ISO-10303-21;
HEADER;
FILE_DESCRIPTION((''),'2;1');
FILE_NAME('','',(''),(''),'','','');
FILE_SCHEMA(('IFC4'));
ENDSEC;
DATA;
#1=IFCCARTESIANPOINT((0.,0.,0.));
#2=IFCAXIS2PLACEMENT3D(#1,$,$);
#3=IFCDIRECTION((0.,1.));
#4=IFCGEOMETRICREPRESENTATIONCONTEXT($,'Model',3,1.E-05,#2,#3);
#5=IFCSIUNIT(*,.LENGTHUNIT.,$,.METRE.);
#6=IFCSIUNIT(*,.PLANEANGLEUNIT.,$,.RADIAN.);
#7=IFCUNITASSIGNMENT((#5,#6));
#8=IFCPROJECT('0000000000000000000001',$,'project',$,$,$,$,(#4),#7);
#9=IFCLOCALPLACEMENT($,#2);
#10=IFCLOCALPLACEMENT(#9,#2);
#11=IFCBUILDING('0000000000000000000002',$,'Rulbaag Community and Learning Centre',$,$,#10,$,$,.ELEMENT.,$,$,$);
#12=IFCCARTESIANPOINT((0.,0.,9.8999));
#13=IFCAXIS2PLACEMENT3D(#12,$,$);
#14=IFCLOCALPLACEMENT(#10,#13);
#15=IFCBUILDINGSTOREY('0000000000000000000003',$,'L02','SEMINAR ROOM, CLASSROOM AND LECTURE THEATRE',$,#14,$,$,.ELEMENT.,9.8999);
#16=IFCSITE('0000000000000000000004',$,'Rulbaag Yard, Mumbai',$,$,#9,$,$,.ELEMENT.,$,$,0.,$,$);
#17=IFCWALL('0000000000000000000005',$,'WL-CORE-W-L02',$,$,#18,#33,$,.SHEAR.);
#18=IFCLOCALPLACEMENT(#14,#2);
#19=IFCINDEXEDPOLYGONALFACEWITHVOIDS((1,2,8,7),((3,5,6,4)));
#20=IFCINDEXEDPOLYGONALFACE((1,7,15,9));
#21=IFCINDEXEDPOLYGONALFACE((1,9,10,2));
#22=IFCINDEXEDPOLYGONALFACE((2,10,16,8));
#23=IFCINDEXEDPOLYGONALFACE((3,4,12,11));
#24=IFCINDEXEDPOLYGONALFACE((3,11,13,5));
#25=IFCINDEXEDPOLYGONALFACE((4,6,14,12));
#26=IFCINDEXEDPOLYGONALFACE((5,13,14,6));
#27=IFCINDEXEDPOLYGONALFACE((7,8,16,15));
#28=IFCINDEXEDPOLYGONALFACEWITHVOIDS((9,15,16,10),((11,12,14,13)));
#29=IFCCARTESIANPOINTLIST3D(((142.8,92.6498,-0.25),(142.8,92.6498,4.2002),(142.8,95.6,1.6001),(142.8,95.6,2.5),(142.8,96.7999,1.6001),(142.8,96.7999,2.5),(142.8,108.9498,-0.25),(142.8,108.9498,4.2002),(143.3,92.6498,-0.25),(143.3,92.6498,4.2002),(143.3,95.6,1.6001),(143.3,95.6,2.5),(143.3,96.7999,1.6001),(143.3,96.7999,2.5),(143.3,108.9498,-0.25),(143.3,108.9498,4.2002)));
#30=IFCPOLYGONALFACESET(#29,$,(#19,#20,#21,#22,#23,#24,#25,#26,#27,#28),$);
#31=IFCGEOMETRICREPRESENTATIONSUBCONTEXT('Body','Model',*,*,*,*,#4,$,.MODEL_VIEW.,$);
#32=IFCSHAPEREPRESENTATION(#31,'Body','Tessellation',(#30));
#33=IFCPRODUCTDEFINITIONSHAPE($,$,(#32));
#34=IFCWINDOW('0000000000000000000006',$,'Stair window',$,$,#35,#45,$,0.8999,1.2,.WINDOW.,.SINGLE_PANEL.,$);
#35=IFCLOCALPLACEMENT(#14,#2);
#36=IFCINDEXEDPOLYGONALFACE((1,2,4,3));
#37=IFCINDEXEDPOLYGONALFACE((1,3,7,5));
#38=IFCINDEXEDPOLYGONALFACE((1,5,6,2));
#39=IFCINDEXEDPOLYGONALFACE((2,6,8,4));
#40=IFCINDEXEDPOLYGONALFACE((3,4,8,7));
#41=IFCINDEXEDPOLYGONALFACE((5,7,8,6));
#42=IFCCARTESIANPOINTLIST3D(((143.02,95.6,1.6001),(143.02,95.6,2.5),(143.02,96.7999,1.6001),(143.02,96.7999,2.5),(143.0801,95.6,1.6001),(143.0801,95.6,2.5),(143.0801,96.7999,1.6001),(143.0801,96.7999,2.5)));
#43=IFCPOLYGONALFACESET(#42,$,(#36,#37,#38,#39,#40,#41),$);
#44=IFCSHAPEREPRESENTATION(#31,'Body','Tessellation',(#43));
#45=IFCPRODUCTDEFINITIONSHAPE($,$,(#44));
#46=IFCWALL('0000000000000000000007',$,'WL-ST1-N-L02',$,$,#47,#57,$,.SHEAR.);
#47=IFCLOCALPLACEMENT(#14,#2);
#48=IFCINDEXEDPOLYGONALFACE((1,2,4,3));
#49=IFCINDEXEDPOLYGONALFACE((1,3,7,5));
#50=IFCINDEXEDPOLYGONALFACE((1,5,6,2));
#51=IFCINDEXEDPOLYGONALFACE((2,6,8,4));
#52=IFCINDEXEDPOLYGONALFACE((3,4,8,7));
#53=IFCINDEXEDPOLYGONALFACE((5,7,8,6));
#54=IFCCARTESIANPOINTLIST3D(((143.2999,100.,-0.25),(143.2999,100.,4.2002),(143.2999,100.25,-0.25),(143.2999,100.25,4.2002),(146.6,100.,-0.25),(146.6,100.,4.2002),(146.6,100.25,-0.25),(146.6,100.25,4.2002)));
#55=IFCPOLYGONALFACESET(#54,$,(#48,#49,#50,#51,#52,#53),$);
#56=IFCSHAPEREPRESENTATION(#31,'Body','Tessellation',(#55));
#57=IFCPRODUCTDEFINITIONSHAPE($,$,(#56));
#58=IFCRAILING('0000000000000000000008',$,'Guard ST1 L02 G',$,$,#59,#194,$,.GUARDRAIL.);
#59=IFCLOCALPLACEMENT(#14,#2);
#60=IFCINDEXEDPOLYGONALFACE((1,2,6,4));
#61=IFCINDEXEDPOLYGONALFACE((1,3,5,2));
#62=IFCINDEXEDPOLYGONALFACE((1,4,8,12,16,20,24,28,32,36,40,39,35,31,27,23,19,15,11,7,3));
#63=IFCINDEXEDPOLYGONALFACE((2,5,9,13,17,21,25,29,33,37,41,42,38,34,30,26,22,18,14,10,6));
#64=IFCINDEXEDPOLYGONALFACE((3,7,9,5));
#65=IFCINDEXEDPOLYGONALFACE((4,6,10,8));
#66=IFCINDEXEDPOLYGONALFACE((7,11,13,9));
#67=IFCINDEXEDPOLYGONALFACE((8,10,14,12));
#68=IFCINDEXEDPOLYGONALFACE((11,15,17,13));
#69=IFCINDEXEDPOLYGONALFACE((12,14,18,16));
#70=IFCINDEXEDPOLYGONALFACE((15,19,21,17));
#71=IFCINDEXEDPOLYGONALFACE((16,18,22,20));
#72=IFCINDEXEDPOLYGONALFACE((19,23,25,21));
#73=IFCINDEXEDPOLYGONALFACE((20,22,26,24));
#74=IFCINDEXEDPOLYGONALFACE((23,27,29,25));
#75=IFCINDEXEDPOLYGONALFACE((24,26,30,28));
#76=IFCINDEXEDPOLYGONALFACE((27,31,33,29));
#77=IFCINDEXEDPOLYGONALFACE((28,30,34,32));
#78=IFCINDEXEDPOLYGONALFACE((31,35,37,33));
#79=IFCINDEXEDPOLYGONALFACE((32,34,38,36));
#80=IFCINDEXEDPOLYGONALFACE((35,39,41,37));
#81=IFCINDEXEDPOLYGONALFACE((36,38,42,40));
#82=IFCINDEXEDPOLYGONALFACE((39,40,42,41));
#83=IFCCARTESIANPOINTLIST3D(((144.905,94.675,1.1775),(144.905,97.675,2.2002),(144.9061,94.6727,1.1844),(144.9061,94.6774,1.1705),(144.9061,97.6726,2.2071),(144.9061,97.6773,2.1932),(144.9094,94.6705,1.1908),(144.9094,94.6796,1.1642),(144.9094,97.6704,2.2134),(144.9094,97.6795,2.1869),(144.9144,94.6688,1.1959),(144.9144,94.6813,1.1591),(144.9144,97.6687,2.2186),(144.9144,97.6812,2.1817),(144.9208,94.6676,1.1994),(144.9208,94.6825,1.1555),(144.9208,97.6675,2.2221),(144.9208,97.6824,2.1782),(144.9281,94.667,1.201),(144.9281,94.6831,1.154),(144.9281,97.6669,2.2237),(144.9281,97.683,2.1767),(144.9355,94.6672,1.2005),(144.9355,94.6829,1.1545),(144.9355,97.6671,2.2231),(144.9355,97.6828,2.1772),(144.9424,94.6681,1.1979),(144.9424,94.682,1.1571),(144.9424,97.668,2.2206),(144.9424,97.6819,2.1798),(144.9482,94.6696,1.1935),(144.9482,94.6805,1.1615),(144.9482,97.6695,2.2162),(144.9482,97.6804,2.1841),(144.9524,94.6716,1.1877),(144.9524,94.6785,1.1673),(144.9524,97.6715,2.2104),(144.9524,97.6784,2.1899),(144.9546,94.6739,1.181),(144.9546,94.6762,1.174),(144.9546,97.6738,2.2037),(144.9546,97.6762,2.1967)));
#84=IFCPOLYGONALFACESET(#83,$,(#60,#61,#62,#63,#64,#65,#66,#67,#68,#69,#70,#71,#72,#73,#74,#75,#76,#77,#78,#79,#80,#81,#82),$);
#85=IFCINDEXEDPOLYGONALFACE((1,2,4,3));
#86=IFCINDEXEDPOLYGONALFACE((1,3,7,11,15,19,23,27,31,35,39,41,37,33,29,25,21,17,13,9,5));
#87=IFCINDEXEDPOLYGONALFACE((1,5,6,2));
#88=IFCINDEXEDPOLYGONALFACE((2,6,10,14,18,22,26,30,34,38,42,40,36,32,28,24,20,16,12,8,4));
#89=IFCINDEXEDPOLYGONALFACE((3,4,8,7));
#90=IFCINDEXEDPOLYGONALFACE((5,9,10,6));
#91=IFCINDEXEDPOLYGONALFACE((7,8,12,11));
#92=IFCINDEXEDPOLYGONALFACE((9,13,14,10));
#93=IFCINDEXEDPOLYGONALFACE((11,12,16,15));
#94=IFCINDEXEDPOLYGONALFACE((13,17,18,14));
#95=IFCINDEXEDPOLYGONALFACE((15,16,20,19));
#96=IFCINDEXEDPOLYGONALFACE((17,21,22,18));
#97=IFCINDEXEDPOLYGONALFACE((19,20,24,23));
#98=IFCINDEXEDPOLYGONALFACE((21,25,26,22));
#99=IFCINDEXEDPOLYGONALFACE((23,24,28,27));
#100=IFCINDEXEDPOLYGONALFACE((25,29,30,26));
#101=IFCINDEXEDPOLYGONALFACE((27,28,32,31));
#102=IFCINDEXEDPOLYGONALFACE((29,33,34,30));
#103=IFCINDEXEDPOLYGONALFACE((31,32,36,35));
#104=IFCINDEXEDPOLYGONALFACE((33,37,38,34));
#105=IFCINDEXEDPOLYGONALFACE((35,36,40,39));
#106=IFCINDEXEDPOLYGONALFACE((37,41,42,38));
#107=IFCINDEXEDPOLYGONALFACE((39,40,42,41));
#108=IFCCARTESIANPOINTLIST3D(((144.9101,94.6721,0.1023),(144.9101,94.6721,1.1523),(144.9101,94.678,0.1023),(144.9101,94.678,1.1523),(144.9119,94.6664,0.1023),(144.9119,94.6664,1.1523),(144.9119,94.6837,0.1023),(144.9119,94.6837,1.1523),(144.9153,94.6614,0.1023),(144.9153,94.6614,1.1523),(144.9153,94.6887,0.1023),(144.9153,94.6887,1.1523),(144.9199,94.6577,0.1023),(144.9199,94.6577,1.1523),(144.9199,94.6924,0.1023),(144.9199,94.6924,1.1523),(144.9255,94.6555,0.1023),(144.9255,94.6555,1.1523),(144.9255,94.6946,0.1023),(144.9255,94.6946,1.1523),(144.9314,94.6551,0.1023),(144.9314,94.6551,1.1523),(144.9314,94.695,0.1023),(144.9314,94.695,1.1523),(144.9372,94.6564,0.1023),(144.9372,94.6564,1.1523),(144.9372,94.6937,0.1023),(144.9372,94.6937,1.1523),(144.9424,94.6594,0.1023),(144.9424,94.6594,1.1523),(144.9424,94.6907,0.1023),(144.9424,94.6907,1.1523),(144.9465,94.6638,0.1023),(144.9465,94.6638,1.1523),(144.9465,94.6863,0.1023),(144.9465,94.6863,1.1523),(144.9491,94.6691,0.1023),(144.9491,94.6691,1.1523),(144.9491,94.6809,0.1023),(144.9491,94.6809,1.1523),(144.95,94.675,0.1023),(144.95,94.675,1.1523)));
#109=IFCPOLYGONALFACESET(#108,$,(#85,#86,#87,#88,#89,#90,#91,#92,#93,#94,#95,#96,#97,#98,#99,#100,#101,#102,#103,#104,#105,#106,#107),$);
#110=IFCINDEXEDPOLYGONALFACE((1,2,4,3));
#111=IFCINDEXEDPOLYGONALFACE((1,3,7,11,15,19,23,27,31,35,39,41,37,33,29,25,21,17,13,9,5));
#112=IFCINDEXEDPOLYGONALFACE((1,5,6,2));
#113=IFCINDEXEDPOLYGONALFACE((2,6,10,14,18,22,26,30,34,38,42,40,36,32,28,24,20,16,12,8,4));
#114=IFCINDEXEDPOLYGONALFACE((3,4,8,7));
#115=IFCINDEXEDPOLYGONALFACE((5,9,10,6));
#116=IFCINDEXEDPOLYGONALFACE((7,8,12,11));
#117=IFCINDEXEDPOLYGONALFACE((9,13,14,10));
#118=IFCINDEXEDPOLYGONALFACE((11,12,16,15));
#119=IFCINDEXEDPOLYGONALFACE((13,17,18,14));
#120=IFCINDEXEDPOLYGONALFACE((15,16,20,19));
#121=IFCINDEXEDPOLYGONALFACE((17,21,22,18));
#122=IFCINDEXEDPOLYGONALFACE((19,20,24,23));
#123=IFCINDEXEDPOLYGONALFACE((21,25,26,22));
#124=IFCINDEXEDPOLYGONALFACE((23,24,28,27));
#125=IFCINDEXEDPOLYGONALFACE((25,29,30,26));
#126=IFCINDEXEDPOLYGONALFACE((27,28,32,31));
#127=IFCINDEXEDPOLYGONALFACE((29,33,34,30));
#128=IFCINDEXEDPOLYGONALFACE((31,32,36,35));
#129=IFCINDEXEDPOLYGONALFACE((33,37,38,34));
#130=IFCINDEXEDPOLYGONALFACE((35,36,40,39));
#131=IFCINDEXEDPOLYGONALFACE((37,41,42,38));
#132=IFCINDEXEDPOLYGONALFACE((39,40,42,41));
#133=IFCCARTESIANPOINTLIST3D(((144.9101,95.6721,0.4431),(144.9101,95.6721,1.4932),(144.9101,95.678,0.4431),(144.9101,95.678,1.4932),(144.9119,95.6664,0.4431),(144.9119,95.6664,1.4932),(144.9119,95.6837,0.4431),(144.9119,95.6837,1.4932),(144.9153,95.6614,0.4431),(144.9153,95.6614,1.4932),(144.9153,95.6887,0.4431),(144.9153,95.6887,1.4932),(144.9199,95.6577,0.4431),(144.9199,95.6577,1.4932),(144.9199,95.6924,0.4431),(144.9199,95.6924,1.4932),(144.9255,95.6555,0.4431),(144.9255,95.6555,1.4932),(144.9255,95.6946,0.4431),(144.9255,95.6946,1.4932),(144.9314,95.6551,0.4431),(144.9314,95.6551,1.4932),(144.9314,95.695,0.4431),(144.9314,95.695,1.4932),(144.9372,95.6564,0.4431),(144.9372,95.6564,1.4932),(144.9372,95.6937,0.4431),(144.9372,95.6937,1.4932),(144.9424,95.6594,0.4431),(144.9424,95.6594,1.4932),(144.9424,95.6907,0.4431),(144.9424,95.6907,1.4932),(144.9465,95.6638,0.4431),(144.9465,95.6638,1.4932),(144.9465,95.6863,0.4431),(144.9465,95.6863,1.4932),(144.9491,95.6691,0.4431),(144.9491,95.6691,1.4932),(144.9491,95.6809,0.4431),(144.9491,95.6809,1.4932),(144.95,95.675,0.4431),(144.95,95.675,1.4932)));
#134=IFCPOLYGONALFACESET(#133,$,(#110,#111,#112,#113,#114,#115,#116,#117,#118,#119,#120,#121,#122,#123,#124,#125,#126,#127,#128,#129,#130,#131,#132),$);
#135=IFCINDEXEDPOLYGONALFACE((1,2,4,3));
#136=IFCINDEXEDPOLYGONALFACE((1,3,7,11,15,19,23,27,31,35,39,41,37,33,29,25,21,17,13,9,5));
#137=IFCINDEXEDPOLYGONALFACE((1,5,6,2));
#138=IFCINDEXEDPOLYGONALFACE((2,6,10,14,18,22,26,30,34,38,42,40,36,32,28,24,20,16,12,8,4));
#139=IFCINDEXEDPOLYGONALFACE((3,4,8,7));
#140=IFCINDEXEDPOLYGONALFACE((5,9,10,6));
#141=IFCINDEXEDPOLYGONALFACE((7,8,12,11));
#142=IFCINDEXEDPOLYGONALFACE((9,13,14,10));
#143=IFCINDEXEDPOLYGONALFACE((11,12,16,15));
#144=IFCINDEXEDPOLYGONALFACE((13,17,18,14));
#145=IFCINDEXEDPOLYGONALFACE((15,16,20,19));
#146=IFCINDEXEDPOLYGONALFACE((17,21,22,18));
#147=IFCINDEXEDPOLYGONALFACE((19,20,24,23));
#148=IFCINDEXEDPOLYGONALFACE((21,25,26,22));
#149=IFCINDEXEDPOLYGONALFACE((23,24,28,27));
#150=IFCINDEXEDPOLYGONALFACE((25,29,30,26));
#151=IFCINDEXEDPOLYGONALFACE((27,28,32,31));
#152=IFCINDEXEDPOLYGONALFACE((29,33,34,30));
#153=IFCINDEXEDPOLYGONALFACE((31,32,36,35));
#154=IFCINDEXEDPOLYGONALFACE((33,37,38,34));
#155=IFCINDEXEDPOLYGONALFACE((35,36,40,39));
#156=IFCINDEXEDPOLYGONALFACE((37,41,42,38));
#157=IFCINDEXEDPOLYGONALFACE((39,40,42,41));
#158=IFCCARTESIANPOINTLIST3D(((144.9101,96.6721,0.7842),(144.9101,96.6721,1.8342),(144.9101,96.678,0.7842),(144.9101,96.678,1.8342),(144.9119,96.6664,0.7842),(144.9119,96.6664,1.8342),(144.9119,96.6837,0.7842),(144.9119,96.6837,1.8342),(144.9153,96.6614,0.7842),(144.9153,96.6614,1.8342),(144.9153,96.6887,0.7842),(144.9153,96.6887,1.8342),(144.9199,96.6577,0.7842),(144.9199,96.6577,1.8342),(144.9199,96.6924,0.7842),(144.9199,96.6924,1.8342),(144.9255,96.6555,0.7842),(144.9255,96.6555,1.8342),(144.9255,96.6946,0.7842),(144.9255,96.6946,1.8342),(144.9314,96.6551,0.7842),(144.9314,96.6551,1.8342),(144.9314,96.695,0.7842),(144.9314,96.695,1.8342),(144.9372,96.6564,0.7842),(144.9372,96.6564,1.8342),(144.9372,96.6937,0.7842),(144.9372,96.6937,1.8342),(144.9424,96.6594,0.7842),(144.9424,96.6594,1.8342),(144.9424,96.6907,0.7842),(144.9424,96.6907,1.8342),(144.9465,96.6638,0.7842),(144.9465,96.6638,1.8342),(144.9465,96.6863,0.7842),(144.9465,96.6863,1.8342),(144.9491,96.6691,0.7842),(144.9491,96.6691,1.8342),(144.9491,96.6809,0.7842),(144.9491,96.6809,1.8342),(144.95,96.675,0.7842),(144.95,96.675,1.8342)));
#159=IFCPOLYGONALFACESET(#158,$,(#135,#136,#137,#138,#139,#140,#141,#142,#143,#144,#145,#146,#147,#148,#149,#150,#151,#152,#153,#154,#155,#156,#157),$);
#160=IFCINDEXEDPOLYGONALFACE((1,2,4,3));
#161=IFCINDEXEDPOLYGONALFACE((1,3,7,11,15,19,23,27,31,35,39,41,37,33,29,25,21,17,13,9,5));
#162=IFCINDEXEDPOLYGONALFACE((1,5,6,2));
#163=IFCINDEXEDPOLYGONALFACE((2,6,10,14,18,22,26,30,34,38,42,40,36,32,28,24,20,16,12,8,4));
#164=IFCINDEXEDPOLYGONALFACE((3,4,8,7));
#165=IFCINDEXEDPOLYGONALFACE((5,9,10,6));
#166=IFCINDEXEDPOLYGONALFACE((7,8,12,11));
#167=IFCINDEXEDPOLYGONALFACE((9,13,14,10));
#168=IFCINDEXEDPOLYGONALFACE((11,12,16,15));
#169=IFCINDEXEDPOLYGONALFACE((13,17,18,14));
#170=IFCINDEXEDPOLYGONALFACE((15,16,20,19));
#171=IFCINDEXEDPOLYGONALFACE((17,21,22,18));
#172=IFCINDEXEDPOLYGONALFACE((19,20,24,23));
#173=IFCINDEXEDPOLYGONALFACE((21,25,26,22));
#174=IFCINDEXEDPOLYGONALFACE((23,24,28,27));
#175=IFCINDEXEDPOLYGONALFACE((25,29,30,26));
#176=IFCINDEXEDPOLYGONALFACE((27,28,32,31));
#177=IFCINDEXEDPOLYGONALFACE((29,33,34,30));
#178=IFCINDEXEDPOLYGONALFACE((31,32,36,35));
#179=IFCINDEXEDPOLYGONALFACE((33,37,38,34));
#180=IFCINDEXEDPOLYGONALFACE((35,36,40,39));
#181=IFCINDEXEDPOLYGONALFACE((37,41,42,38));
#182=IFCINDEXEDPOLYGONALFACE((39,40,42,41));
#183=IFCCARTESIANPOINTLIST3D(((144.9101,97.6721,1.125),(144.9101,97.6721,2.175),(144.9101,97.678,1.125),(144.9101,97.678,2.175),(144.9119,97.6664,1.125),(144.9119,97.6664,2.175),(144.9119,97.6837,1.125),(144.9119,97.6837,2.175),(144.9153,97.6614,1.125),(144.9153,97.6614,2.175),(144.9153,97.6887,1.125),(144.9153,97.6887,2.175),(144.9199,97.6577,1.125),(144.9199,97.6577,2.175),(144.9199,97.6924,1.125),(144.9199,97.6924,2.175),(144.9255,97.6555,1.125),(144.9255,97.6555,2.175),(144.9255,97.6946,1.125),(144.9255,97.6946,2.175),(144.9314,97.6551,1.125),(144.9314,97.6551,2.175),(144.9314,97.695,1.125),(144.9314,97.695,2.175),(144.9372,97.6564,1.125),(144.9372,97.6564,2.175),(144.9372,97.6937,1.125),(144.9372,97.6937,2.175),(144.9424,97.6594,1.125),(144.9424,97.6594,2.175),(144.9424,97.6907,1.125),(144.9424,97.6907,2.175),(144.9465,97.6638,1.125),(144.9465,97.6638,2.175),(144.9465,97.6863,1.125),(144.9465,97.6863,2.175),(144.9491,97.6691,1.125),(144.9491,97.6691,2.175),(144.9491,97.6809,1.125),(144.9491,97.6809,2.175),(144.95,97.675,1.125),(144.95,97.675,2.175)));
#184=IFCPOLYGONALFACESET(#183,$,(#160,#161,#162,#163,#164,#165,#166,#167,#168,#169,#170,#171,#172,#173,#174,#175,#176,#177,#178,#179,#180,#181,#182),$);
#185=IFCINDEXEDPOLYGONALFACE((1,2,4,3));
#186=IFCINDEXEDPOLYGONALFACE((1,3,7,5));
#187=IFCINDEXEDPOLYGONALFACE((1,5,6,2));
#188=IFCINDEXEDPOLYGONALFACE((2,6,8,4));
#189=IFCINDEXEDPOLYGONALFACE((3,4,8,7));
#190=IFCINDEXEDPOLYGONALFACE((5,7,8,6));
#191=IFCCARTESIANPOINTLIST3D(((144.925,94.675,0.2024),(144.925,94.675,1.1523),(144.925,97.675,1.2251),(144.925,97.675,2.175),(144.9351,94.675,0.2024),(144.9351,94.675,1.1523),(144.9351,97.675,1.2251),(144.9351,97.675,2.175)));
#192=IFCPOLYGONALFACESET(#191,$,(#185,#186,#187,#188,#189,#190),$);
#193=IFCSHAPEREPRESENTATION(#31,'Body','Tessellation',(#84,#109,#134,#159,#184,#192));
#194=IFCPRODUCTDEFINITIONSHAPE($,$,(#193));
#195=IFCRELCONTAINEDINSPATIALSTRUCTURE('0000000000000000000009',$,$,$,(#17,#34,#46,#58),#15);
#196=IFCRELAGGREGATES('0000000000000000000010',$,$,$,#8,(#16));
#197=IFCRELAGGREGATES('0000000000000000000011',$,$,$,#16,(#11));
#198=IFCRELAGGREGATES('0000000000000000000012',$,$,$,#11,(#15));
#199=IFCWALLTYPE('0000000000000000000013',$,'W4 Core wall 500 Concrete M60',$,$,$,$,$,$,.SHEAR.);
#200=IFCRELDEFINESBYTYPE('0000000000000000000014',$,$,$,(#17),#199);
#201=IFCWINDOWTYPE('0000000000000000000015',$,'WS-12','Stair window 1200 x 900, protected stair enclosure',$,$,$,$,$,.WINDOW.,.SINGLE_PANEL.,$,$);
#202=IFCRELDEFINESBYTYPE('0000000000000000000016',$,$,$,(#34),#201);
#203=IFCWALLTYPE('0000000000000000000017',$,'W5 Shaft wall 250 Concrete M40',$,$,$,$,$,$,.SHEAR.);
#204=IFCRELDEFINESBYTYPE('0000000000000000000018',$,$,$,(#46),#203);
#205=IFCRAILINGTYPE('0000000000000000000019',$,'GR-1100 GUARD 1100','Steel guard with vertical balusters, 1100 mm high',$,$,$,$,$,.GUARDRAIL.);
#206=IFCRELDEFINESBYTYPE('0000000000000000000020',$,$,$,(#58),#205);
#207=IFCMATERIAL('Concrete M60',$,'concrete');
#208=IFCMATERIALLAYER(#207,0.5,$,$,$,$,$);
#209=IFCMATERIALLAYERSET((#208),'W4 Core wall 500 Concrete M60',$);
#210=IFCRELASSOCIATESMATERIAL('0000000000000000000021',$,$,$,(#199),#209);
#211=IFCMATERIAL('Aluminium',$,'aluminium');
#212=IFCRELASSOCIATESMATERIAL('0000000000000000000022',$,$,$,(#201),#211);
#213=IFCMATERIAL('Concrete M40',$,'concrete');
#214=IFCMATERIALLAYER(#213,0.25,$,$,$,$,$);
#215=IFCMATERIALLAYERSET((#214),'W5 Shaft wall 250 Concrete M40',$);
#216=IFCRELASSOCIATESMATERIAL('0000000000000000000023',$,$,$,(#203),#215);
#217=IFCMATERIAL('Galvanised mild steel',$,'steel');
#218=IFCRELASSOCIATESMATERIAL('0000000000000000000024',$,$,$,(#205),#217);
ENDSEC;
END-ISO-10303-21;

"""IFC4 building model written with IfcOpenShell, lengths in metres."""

from ifc_helpers import new_model, si_unit, direction, frame, frame_2d, origin, origin_2d, place, context, subcontext, project, spatial, polyline, rectangle, circle, outline, extrude, material, layer, layer_set, type_object, element, fill, save


model = new_model("IFC4")

# Units and contexts
model_context = context("Model", 3, precision=1e-05, world=origin(), true_north=direction((0.0, 1.0)))
body_context = subcontext(model_context, "Body", "Model", "MODEL_VIEW")
ifc_project = project(units=[si_unit("LENGTHUNIT", "METRE"), si_unit("PLANEANGLEUNIT", "RADIAN")], contexts=[model_context])

# Site, building, storey
site_placement = place(None, origin())
site = spatial("IfcSite", under=ifc_project, at=site_placement, Name="Rulbaag Yard, Mumbai", CompositionType="ELEMENT", RefElevation=0.0)
building_placement = place(site_placement, origin())
building = spatial("IfcBuilding", under=site, at=building_placement, Name="Rulbaag Community and Learning Centre", CompositionType="ELEMENT")
storey_placement = place(building_placement, frame((0.0, 0.0, 9.8999)))
storey = spatial("IfcBuildingStorey", under=building, at=storey_placement, Name="L02", Description="SEMINAR ROOM, CLASSROOM AND LECTURE THEATRE", CompositionType="ELEMENT", Elevation=9.8999)

# Shared definitions
ifc_material_1 = material(Name="Concrete M40", Category="concrete")

# Shared definitions
ifc_material_2 = material(Name="Aluminium", Category="aluminium")

# Shared definitions
ifc_material_3 = material(Name="Concrete M60", Category="concrete")
ifc_layer_1 = layer(ifc_material_3, 0.5)
ifc_layer_set_1 = layer_set([ifc_layer_1], Name="W4 Core wall 500 Concrete M60")
wall_type_1 = type_object("IfcWallType", Name="W4 Core wall 500 Concrete M60", PredefinedType="SHEAR", material=ifc_layer_set_1)

# Wall, opening, window
wall_1_placement = place(storey_placement, frame((143.05, 92.6499, -0.25), z_axis=(0.0, 0.0, 1.0), x_axis=(0.0, 1.0, 0.0)))
wall_1 = element("IfcWall", 1, at=wall_1_placement, inside=storey, type_object=wall_type_1, Name="WL-CORE-W-L02", PredefinedType="SHEAR", context=body_context, shape_type="SweptSolid", body=[
    extrude(rectangle(XDim=16.3, YDim=0.5, at=frame_2d((8.1499, 0.0))), origin(), (0.0, 0.0, 1.0), 4.4502),
])
opening_1_placement = place(wall_1_placement, frame((2.95, 0.0, 1.8501)))
opening_1 = element("IfcOpeningElement", 2, at=opening_1_placement, cuts=wall_1, PredefinedType="OPENING", context=body_context, shape_type="SweptSolid", body=[
    extrude(rectangle(XDim=1.2, YDim=0.8999, at=frame_2d((0.6001, 0.45))), frame((0.0, 0.26, 0.0), z_axis=(0.0, -1.0, 0.0), x_axis=(1.0, 0.0, 0.0)), (0.0, 0.0, 1.0), 0.52),
])
window_type = type_object("IfcWindowType", Name="WS-12", Description="Stair window 1200 x 900, protected stair enclosure", PartitioningType="SINGLE_PANEL", PredefinedType="WINDOW", material=ifc_material_2)
window_placement = place(opening_1_placement, origin())
window = element("IfcWindow", 3, at=window_placement, inside=storey, type_object=window_type, Name="Stair window", OverallHeight=0.8999, OverallWidth=1.2, PartitioningType="SINGLE_PANEL", PredefinedType="WINDOW", context=body_context, shape_type="SweptSolid", body=[
    extrude(rectangle(XDim=1.2, YDim=0.8999, at=frame_2d((0.6001, 0.45))), frame((0.0, 0.03, 0.0), z_axis=(0.0, -1.0, 0.0), x_axis=(1.0, 0.0, 0.0)), (0.0, 0.0, 1.0), 0.0601),
])
fill(opening_1, window)

# Wall
ifc_layer_2 = layer(ifc_material_1, 0.25)
ifc_layer_set_2 = layer_set([ifc_layer_2], Name="W5 Shaft wall 250 Concrete M40")
wall_type_2 = type_object("IfcWallType", Name="W5 Shaft wall 250 Concrete M40", PredefinedType="SHEAR", material=ifc_layer_set_2)
wall_2_placement = place(storey_placement, frame((143.3, 100.125, -0.25), z_axis=(0.0, 0.0, 1.0), x_axis=(1.0, 0.0, 0.0)))
element("IfcWall", 4, at=wall_2_placement, inside=storey, type_object=wall_type_2, Name="WL-ST1-N-L02", PredefinedType="SHEAR", context=body_context, shape_type="SweptSolid", body=[
    extrude(rectangle(XDim=3.3, YDim=0.25, at=frame_2d((1.6499, 0.0))), origin(), (0.0, 0.0, 1.0), 4.4502),
])

# Railing
ifc_material_4 = material(Name="Galvanised mild steel", Category="steel")
railing_type_1 = type_object("IfcRailingType", Name="GR-1100 GUARD 1100", Description="Steel guard with vertical balusters, 1100 mm high", PredefinedType="GUARDRAIL", material=ifc_material_4)
railing_1_placement = place(storey_placement, frame((144.9299, 94.675, 0.1023)))
element("IfcRailing", 5, at=railing_1_placement, inside=storey, type_object=railing_type_1, Name="Guard ST1 L02 G", PredefinedType="GUARDRAIL", context=body_context, shape_type="SweptSolid", body=[
    extrude(circle(Radius=0.0249, at=origin_2d()), frame((0.0, 0.0, 1.0752), z_axis=(0.0, 0.946512, 0.322668), x_axis=(-1.0, 0.0, 0.0)), (0.0, 0.0, 1.0), 3.1694),
    extrude(circle(Radius=0.02, at=origin_2d()), origin(), (0.0, 0.0, 1.0), 1.05),
    extrude(circle(Radius=0.02, at=origin_2d()), frame((0.0, 1.0, 0.3408)), (0.0, 0.0, 1.0), 1.05),
    extrude(circle(Radius=0.02, at=origin_2d()), frame((0.0, 2.0, 0.6819)), (0.0, 0.0, 1.0), 1.05),
    extrude(circle(Radius=0.02, at=origin_2d()), frame((0.0, 3.0, 1.0227)), (0.0, 0.0, 1.0), 1.05),
    extrude(outline(polyline([(0.0, 0.0), (3.0, 1.0227), (3.0, 1.9727), (0.0, 0.95), (0.0, 0.0)])), frame((-0.0049, 0.0, 0.1001), z_axis=(1.0, 0.0, 0.0), x_axis=(0.0, 1.0, 0.0)), (0.0, 0.0, 1.0), 0.01),
])

save(model, "model.ifc")
